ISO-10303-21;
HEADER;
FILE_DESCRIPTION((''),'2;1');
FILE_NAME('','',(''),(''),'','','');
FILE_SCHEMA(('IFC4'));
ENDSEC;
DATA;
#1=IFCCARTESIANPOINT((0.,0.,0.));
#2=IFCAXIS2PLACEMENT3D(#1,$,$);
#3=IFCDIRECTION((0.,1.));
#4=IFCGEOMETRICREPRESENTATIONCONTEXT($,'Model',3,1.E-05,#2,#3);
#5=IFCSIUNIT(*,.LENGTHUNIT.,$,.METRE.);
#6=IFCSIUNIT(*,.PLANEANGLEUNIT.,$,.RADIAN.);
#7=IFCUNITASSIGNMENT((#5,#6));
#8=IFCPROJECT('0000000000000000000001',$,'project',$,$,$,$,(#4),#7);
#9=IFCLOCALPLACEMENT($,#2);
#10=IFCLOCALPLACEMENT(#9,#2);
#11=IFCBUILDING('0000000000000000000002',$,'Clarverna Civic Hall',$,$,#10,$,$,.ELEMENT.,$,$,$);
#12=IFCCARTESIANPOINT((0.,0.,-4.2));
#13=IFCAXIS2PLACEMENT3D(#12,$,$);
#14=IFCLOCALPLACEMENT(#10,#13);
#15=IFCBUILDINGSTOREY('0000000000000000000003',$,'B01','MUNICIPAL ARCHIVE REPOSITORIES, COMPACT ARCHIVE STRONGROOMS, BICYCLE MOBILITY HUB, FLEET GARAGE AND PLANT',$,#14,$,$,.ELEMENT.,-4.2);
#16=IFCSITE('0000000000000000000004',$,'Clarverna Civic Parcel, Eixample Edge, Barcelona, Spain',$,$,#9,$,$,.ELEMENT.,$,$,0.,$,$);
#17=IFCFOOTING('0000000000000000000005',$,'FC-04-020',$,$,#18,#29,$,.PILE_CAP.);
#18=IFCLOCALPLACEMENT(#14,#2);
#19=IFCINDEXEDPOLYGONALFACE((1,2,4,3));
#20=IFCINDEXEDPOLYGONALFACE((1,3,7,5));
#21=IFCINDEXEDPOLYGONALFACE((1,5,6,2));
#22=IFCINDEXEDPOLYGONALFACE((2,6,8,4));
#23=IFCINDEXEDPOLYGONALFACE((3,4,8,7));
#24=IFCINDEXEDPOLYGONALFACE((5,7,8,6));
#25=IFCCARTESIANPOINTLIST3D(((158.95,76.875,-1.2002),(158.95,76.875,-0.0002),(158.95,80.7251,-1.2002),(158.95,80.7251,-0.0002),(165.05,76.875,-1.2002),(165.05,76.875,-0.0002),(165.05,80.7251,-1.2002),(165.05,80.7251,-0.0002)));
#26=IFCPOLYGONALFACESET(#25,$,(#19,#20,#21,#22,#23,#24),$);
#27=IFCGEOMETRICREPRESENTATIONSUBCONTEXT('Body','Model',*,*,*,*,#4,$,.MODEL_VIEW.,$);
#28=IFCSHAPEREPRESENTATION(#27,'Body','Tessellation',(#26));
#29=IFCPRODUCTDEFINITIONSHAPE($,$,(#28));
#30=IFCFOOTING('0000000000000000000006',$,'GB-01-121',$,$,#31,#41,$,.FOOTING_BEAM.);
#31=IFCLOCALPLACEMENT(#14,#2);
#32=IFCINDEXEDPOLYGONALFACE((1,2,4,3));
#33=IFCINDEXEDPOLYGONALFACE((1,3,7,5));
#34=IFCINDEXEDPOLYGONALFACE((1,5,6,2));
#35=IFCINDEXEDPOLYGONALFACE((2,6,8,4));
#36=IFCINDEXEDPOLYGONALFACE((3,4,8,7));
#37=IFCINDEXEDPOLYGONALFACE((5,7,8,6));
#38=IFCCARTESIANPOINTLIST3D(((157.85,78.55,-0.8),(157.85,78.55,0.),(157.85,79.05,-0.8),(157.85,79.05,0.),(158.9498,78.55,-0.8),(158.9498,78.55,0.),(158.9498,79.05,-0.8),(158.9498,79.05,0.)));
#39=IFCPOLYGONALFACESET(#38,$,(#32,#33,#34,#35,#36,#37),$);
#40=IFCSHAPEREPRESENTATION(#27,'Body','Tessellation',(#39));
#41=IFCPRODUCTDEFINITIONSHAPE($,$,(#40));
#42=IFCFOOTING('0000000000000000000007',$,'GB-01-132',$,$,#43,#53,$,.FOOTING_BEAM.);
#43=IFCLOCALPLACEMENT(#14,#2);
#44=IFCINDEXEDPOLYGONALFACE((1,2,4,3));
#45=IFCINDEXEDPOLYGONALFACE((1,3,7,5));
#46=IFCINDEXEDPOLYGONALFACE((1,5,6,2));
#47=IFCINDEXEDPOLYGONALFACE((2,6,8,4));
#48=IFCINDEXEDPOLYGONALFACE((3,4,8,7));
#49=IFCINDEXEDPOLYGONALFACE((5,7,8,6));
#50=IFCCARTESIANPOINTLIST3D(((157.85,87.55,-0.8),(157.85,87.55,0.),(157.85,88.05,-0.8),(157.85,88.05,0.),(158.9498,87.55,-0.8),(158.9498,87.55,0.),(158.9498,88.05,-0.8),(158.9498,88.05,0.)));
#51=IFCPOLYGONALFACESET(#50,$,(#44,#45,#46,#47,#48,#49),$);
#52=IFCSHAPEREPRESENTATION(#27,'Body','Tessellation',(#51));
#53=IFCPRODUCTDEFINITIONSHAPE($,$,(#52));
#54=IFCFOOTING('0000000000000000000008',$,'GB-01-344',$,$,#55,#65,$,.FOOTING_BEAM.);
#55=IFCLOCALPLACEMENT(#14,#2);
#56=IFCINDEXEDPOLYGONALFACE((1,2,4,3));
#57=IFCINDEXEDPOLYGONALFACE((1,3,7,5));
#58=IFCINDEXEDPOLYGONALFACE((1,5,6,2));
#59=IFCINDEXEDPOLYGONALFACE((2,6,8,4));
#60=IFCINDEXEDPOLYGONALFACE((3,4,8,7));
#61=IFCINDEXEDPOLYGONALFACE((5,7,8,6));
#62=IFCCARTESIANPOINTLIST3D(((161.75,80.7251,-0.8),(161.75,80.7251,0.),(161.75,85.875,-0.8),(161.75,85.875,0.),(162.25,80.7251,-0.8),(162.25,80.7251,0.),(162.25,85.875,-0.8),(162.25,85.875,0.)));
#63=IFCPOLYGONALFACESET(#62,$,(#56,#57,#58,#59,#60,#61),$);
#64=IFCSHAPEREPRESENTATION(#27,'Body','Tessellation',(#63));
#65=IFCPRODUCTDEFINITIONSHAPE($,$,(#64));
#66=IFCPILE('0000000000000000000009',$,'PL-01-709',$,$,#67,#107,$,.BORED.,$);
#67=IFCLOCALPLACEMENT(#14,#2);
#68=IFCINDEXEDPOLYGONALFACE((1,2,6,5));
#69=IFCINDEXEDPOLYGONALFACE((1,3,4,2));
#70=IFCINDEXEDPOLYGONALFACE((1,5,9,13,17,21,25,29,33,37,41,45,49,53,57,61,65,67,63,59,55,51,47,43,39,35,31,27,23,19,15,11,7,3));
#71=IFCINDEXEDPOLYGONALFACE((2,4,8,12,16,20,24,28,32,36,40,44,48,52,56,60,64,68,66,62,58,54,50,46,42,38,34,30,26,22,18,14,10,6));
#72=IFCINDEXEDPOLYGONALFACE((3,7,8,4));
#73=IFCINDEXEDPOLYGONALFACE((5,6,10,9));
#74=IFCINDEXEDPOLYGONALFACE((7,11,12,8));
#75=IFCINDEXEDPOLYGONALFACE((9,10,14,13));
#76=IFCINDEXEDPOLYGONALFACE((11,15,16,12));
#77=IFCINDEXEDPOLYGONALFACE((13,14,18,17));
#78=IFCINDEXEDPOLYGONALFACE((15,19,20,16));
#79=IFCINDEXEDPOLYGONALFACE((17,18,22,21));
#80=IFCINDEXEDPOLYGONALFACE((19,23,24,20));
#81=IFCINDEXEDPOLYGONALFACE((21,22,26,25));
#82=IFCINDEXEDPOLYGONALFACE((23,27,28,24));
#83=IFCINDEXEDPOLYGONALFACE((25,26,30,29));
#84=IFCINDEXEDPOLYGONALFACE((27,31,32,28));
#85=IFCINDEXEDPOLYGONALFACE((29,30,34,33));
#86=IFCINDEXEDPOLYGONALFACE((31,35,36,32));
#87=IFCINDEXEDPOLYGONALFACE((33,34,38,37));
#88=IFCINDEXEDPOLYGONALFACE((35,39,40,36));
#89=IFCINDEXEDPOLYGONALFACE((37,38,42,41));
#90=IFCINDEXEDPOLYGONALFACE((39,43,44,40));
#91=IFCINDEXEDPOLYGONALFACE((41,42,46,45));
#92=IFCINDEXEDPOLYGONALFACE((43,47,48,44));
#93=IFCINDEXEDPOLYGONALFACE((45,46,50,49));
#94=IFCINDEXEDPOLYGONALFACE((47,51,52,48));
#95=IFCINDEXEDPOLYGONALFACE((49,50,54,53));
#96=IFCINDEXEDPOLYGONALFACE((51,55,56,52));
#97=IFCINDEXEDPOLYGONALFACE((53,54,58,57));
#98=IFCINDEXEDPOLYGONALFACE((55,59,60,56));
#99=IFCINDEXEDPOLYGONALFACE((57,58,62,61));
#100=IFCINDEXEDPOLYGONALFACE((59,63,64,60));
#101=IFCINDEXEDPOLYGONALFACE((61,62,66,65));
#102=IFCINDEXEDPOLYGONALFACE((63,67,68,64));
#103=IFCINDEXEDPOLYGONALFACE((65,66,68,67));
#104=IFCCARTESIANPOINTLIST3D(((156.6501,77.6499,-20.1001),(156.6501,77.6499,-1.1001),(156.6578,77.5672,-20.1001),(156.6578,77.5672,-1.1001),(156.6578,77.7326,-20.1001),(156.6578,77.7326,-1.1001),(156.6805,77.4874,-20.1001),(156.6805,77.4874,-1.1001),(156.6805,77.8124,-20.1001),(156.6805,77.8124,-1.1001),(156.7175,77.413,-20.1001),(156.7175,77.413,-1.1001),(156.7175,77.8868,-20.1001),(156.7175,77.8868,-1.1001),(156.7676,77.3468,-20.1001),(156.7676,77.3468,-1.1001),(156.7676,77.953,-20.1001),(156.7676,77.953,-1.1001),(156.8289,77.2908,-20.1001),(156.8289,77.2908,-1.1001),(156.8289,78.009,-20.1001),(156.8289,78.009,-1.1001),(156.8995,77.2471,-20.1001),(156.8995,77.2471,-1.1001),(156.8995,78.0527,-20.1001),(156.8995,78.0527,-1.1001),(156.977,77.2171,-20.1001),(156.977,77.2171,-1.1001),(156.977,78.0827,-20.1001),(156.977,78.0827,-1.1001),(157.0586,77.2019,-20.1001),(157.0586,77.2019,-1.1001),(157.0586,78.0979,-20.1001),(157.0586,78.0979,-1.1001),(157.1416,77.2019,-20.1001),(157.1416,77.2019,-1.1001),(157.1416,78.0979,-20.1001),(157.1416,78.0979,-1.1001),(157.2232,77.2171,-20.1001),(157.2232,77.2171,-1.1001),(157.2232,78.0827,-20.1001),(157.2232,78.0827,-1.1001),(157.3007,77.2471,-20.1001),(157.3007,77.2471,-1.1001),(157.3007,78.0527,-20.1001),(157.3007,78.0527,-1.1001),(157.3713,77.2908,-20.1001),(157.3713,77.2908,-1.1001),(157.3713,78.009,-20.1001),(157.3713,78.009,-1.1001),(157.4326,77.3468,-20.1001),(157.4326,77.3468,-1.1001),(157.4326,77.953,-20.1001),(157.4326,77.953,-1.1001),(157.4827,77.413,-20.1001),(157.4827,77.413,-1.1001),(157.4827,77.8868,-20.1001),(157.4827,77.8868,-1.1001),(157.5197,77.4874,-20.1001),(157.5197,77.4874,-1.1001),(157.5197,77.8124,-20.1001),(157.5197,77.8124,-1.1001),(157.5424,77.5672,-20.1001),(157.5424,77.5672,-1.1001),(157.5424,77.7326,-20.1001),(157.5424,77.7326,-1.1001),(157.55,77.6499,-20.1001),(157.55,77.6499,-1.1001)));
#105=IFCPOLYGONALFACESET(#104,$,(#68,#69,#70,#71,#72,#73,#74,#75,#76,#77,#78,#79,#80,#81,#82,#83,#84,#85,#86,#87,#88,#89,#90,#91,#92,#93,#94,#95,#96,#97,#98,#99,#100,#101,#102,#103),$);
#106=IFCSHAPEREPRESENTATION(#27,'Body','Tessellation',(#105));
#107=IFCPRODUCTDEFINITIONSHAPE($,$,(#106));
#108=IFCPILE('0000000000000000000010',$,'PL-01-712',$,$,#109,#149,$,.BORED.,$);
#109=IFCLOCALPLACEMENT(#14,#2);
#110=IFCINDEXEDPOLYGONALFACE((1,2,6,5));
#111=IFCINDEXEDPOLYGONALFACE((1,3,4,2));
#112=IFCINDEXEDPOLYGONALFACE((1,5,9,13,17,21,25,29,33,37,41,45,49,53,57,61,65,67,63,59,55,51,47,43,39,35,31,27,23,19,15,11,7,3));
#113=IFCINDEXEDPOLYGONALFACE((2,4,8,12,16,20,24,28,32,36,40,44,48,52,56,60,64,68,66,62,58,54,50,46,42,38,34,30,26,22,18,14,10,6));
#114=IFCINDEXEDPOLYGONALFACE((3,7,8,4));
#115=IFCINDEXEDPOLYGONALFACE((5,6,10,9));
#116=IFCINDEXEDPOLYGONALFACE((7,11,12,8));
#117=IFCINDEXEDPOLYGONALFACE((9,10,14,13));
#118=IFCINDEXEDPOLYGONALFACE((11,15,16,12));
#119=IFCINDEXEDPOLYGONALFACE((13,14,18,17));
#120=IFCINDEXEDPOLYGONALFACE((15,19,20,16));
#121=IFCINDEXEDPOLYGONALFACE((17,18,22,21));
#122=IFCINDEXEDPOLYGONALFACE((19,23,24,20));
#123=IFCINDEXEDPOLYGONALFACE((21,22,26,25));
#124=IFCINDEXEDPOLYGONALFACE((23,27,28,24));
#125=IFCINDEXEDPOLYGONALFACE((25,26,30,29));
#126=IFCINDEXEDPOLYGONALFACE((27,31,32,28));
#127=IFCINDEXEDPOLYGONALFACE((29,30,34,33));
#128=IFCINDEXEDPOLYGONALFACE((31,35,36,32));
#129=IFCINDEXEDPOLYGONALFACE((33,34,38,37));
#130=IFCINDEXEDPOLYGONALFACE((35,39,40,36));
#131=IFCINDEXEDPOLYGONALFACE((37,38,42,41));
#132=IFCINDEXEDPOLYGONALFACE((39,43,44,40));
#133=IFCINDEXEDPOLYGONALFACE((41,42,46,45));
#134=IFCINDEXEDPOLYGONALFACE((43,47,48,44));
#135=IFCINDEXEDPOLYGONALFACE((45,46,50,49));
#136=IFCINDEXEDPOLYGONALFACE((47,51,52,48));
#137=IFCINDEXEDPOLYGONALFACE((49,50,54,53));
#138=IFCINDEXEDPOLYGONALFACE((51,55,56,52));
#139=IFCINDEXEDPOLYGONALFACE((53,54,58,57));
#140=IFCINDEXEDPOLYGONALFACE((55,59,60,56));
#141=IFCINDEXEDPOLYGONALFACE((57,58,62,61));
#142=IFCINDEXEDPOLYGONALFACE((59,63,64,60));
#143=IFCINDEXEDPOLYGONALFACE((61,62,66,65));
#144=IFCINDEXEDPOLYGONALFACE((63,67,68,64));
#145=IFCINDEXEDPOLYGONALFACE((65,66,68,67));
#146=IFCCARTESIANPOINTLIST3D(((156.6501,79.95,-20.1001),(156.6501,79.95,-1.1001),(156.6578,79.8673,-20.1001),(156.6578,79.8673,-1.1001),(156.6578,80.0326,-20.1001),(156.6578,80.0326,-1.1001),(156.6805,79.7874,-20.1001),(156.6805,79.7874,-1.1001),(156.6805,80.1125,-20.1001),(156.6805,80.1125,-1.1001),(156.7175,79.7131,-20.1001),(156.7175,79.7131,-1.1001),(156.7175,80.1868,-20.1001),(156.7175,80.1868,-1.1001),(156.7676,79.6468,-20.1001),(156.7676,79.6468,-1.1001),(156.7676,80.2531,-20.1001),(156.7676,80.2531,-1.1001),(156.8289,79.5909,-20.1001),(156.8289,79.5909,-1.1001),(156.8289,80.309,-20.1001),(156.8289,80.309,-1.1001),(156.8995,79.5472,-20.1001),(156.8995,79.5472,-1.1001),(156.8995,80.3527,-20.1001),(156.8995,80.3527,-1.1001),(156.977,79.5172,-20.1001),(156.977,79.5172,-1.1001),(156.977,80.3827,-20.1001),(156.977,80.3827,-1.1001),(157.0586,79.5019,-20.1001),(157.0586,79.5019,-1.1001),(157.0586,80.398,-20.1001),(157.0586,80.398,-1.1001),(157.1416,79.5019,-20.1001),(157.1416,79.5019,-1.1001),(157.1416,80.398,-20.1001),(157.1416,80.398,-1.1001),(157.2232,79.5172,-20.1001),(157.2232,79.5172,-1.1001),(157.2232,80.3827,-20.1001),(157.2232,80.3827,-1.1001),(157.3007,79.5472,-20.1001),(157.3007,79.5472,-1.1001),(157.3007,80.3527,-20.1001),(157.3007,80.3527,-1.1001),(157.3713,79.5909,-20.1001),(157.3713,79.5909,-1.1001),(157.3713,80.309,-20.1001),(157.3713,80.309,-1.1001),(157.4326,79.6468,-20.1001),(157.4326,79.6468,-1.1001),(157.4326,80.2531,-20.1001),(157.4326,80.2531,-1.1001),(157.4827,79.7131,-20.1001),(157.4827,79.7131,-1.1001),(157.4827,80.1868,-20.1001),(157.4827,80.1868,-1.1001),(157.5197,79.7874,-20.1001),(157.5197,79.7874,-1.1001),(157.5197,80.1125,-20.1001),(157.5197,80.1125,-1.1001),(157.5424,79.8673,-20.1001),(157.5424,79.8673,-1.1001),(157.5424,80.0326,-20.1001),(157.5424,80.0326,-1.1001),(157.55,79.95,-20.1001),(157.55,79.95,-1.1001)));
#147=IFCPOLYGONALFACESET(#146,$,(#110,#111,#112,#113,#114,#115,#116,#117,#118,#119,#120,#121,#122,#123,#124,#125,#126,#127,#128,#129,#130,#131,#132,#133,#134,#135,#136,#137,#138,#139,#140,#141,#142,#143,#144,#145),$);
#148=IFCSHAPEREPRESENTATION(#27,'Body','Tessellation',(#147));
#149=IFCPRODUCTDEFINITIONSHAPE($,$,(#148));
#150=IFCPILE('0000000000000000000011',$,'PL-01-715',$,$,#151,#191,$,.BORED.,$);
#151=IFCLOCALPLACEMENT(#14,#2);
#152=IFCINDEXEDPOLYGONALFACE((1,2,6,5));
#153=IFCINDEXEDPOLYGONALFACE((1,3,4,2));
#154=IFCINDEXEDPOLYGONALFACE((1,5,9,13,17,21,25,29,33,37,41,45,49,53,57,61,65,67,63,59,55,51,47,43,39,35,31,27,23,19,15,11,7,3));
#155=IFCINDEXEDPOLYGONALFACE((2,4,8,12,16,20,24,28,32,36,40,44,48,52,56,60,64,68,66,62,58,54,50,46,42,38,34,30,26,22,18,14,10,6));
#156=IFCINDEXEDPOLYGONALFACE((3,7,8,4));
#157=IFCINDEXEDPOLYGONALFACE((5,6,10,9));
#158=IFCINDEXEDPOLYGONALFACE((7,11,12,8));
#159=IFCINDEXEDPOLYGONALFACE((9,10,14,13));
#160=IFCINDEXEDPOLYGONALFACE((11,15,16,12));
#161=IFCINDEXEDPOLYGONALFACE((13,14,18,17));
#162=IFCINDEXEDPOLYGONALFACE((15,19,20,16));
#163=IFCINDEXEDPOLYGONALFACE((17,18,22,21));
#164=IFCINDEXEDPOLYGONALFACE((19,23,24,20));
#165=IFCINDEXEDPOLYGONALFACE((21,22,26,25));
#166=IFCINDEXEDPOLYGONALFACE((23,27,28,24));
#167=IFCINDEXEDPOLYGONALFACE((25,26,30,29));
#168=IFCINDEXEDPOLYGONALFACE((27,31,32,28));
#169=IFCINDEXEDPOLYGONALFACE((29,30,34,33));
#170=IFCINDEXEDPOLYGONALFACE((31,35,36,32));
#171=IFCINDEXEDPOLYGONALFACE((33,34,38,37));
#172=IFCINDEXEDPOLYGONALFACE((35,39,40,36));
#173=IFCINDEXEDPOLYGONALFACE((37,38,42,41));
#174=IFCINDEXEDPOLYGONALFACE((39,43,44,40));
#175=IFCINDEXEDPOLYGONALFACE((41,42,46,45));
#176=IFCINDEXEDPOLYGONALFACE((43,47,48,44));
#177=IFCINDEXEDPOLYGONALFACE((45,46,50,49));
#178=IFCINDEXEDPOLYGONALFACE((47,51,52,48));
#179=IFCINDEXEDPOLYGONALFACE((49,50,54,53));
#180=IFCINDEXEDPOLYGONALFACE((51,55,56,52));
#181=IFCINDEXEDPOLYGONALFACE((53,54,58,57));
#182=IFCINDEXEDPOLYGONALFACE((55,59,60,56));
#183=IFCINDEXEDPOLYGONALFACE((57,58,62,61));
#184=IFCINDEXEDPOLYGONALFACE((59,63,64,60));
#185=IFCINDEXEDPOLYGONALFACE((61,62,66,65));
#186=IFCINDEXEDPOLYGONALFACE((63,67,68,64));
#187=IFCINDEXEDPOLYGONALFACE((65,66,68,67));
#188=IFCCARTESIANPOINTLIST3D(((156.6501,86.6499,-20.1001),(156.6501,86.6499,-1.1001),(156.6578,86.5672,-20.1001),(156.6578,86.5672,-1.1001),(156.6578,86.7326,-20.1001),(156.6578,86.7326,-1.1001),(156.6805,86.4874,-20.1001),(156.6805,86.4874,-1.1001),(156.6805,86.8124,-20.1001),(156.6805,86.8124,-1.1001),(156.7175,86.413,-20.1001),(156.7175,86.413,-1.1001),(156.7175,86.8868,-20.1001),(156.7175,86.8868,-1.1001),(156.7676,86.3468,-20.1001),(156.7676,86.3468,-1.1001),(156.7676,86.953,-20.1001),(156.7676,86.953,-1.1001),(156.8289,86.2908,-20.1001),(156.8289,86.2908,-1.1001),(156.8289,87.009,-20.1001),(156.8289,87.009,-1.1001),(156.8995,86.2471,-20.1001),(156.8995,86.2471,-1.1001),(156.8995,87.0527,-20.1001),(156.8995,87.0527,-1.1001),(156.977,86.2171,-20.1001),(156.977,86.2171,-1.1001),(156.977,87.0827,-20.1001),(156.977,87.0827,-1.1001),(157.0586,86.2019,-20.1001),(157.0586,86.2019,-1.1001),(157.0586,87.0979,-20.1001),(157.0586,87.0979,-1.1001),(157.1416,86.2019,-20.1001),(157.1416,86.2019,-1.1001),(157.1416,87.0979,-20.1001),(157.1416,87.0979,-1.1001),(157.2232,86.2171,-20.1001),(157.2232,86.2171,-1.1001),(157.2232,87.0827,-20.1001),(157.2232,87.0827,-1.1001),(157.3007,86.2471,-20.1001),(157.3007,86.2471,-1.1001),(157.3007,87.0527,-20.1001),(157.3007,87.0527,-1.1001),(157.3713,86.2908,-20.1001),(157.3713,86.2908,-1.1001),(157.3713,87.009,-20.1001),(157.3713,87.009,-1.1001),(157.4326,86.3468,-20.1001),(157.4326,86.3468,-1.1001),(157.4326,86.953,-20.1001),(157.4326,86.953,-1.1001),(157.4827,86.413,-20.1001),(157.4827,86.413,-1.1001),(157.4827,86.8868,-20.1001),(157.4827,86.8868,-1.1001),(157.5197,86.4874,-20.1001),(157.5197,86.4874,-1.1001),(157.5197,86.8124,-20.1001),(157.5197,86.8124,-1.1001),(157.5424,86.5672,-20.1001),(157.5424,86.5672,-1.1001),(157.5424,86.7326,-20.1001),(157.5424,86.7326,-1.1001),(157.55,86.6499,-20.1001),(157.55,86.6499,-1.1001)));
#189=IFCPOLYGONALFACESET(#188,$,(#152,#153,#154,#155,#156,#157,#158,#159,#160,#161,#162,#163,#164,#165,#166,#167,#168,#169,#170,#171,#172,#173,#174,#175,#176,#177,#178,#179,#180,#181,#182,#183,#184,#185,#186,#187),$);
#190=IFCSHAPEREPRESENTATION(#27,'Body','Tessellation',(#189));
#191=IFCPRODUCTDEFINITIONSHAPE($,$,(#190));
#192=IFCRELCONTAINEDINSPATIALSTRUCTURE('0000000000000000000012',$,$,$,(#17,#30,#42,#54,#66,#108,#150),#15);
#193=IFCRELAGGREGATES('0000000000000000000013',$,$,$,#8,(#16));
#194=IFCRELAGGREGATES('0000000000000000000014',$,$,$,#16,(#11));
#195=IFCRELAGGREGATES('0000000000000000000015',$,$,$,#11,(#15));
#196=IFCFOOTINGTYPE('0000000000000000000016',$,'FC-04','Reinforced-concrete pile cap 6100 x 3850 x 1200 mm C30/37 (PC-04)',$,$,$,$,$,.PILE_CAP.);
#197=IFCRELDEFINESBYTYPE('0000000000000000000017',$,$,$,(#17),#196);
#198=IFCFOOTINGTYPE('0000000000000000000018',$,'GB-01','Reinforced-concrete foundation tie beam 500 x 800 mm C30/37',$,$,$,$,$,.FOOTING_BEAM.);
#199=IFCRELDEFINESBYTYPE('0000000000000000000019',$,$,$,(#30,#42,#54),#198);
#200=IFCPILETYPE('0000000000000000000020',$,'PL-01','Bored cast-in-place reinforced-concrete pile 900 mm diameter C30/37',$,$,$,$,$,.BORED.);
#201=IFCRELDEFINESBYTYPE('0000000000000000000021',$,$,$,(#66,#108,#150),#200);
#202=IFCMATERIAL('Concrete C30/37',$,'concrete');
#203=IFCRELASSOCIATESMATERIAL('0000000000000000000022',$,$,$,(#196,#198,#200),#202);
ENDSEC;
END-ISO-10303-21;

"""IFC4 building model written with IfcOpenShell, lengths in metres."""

from ifc_helpers import new_model, si_unit, direction, frame, frame_2d, origin, origin_2d, place, context, subcontext, project, spatial, rectangle, circle, extrude, material, material_profile, profile_set, type_object, element, save


model = new_model("IFC4")

# Units and contexts
model_context = context("Model", 3, precision=1e-05, world=origin(), true_north=direction((0.0, 1.0)))
body_context = subcontext(model_context, "Body", "Model", "MODEL_VIEW")
ifc_project = project(units=[si_unit("LENGTHUNIT", "METRE"), si_unit("PLANEANGLEUNIT", "RADIAN")], contexts=[model_context])

# Site, building, storey
site_placement = place(None, origin())
site = spatial("IfcSite", under=ifc_project, at=site_placement, Name="Clarverna Civic Parcel, Eixample Edge, Barcelona, Spain", CompositionType="ELEMENT", RefElevation=0.0)
building_placement = place(site_placement, origin())
building = spatial("IfcBuilding", under=site, at=building_placement, Name="Clarverna Civic Hall", CompositionType="ELEMENT")
storey_placement = place(building_placement, frame((0.0, 0.0, -4.2)))
storey = spatial("IfcBuildingStorey", under=building, at=storey_placement, Name="B01", Description="MUNICIPAL ARCHIVE REPOSITORIES, COMPACT ARCHIVE STRONGROOMS, BICYCLE MOBILITY HUB, FLEET GARAGE AND PLANT", CompositionType="ELEMENT", Elevation=-4.2)

# Footings
ifc_material_1 = material(Name="Concrete C30/37", Category="concrete")
footing_type_1 = type_object("IfcFootingType", Name="FC-04", Description="Reinforced-concrete pile cap 6100 x 3850 x 1200 mm C30/37 (PC-04)", PredefinedType="PILE_CAP", material=ifc_material_1)
footing_1_placement = place(storey_placement, frame((162.0, 78.8, -1.2002), z_axis=(0.0, 0.0, 1.0), x_axis=(1.0, 0.0, 0.0)))
element("IfcFooting", 1, at=footing_1_placement, inside=storey, type_object=footing_type_1, Name="FC-04-020", PredefinedType="PILE_CAP", context=body_context, shape_type="SweptSolid", body=[
    extrude(rectangle(XDim=6.1001, YDim=3.8501, at=origin_2d()), origin(), (0.0, 0.0, 1.0), 1.2),
])
footing_type_2 = type_object("IfcFootingType", Name="GB-01", Description="Reinforced-concrete foundation tie beam 500 x 800 mm C30/37", PredefinedType="FOOTING_BEAM", material=ifc_material_1)
for number, where, z_axis, x_axis, name in (
    (2, (157.8501, 78.8, -0.8), (0.0, 0.0, 1.0), (1.0, 0.0, 0.0), "GB-01-121"),
    (3, (157.8501, 87.8, -0.8), (0.0, 0.0, 1.0), (1.0, 0.0, 0.0), "GB-01-132"),
):
    element("IfcFooting", number, at=place(storey_placement, frame(where, z_axis=z_axis, x_axis=x_axis)), inside=storey, type_object=footing_type_2, Name=name, PredefinedType="FOOTING_BEAM", context=body_context, shape_type="SweptSolid", body=[
        extrude(rectangle(XDim=1.0999, YDim=0.5, at=frame_2d((0.5498, 0.0))), origin(), (0.0, 0.0, 1.0), 0.8),
    ])
footing_2_placement = place(storey_placement, frame((162.0, 80.7251, -0.8), z_axis=(0.0, 0.0, 1.0), x_axis=(0.0, 1.0, 0.0)))
element("IfcFooting", 4, at=footing_2_placement, inside=storey, type_object=footing_type_2, Name="GB-01-344", PredefinedType="FOOTING_BEAM", context=body_context, shape_type="SweptSolid", body=[
    extrude(rectangle(XDim=5.1499, YDim=0.5, at=frame_2d((2.575, 0.0))), origin(), (0.0, 0.0, 1.0), 0.8),
])

# Piles
ifc_material_profile_1 = material_profile(ifc_material_1, circle(Radius=0.45, at=origin_2d()), Name="BORED PILE D900")
ifc_profile_set_1 = profile_set([ifc_material_profile_1], Name="Concrete C30/37")
pile_type = type_object("IfcPileType", Name="PL-01", Description="Bored cast-in-place reinforced-concrete pile 900 mm diameter C30/37", PredefinedType="BORED", material=ifc_profile_set_1)
for number, where, z_axis, x_axis, name in (
    (5, (157.1001, 77.6499, -1.1001), (0.0, 0.0, -1.0), (1.0, 0.0, 0.0), "PL-01-709"),
    (6, (157.1001, 79.95, -1.1001), (0.0, 0.0, -1.0), (1.0, 0.0, 0.0), "PL-01-712"),
    (7, (157.1001, 86.6499, -1.1001), (0.0, 0.0, -1.0), (1.0, 0.0, 0.0), "PL-01-715"),
):
    element("IfcPile", number, at=place(storey_placement, frame(where, z_axis=z_axis, x_axis=x_axis)), inside=storey, type_object=pile_type, Name=name, PredefinedType="BORED", context=body_context, shape_type="SweptSolid", body=[
        extrude(circle(Radius=0.45, at=origin_2d()), origin(), (0.0, 0.0, 1.0), 19.0),
    ])

save(model, "model.ifc")
